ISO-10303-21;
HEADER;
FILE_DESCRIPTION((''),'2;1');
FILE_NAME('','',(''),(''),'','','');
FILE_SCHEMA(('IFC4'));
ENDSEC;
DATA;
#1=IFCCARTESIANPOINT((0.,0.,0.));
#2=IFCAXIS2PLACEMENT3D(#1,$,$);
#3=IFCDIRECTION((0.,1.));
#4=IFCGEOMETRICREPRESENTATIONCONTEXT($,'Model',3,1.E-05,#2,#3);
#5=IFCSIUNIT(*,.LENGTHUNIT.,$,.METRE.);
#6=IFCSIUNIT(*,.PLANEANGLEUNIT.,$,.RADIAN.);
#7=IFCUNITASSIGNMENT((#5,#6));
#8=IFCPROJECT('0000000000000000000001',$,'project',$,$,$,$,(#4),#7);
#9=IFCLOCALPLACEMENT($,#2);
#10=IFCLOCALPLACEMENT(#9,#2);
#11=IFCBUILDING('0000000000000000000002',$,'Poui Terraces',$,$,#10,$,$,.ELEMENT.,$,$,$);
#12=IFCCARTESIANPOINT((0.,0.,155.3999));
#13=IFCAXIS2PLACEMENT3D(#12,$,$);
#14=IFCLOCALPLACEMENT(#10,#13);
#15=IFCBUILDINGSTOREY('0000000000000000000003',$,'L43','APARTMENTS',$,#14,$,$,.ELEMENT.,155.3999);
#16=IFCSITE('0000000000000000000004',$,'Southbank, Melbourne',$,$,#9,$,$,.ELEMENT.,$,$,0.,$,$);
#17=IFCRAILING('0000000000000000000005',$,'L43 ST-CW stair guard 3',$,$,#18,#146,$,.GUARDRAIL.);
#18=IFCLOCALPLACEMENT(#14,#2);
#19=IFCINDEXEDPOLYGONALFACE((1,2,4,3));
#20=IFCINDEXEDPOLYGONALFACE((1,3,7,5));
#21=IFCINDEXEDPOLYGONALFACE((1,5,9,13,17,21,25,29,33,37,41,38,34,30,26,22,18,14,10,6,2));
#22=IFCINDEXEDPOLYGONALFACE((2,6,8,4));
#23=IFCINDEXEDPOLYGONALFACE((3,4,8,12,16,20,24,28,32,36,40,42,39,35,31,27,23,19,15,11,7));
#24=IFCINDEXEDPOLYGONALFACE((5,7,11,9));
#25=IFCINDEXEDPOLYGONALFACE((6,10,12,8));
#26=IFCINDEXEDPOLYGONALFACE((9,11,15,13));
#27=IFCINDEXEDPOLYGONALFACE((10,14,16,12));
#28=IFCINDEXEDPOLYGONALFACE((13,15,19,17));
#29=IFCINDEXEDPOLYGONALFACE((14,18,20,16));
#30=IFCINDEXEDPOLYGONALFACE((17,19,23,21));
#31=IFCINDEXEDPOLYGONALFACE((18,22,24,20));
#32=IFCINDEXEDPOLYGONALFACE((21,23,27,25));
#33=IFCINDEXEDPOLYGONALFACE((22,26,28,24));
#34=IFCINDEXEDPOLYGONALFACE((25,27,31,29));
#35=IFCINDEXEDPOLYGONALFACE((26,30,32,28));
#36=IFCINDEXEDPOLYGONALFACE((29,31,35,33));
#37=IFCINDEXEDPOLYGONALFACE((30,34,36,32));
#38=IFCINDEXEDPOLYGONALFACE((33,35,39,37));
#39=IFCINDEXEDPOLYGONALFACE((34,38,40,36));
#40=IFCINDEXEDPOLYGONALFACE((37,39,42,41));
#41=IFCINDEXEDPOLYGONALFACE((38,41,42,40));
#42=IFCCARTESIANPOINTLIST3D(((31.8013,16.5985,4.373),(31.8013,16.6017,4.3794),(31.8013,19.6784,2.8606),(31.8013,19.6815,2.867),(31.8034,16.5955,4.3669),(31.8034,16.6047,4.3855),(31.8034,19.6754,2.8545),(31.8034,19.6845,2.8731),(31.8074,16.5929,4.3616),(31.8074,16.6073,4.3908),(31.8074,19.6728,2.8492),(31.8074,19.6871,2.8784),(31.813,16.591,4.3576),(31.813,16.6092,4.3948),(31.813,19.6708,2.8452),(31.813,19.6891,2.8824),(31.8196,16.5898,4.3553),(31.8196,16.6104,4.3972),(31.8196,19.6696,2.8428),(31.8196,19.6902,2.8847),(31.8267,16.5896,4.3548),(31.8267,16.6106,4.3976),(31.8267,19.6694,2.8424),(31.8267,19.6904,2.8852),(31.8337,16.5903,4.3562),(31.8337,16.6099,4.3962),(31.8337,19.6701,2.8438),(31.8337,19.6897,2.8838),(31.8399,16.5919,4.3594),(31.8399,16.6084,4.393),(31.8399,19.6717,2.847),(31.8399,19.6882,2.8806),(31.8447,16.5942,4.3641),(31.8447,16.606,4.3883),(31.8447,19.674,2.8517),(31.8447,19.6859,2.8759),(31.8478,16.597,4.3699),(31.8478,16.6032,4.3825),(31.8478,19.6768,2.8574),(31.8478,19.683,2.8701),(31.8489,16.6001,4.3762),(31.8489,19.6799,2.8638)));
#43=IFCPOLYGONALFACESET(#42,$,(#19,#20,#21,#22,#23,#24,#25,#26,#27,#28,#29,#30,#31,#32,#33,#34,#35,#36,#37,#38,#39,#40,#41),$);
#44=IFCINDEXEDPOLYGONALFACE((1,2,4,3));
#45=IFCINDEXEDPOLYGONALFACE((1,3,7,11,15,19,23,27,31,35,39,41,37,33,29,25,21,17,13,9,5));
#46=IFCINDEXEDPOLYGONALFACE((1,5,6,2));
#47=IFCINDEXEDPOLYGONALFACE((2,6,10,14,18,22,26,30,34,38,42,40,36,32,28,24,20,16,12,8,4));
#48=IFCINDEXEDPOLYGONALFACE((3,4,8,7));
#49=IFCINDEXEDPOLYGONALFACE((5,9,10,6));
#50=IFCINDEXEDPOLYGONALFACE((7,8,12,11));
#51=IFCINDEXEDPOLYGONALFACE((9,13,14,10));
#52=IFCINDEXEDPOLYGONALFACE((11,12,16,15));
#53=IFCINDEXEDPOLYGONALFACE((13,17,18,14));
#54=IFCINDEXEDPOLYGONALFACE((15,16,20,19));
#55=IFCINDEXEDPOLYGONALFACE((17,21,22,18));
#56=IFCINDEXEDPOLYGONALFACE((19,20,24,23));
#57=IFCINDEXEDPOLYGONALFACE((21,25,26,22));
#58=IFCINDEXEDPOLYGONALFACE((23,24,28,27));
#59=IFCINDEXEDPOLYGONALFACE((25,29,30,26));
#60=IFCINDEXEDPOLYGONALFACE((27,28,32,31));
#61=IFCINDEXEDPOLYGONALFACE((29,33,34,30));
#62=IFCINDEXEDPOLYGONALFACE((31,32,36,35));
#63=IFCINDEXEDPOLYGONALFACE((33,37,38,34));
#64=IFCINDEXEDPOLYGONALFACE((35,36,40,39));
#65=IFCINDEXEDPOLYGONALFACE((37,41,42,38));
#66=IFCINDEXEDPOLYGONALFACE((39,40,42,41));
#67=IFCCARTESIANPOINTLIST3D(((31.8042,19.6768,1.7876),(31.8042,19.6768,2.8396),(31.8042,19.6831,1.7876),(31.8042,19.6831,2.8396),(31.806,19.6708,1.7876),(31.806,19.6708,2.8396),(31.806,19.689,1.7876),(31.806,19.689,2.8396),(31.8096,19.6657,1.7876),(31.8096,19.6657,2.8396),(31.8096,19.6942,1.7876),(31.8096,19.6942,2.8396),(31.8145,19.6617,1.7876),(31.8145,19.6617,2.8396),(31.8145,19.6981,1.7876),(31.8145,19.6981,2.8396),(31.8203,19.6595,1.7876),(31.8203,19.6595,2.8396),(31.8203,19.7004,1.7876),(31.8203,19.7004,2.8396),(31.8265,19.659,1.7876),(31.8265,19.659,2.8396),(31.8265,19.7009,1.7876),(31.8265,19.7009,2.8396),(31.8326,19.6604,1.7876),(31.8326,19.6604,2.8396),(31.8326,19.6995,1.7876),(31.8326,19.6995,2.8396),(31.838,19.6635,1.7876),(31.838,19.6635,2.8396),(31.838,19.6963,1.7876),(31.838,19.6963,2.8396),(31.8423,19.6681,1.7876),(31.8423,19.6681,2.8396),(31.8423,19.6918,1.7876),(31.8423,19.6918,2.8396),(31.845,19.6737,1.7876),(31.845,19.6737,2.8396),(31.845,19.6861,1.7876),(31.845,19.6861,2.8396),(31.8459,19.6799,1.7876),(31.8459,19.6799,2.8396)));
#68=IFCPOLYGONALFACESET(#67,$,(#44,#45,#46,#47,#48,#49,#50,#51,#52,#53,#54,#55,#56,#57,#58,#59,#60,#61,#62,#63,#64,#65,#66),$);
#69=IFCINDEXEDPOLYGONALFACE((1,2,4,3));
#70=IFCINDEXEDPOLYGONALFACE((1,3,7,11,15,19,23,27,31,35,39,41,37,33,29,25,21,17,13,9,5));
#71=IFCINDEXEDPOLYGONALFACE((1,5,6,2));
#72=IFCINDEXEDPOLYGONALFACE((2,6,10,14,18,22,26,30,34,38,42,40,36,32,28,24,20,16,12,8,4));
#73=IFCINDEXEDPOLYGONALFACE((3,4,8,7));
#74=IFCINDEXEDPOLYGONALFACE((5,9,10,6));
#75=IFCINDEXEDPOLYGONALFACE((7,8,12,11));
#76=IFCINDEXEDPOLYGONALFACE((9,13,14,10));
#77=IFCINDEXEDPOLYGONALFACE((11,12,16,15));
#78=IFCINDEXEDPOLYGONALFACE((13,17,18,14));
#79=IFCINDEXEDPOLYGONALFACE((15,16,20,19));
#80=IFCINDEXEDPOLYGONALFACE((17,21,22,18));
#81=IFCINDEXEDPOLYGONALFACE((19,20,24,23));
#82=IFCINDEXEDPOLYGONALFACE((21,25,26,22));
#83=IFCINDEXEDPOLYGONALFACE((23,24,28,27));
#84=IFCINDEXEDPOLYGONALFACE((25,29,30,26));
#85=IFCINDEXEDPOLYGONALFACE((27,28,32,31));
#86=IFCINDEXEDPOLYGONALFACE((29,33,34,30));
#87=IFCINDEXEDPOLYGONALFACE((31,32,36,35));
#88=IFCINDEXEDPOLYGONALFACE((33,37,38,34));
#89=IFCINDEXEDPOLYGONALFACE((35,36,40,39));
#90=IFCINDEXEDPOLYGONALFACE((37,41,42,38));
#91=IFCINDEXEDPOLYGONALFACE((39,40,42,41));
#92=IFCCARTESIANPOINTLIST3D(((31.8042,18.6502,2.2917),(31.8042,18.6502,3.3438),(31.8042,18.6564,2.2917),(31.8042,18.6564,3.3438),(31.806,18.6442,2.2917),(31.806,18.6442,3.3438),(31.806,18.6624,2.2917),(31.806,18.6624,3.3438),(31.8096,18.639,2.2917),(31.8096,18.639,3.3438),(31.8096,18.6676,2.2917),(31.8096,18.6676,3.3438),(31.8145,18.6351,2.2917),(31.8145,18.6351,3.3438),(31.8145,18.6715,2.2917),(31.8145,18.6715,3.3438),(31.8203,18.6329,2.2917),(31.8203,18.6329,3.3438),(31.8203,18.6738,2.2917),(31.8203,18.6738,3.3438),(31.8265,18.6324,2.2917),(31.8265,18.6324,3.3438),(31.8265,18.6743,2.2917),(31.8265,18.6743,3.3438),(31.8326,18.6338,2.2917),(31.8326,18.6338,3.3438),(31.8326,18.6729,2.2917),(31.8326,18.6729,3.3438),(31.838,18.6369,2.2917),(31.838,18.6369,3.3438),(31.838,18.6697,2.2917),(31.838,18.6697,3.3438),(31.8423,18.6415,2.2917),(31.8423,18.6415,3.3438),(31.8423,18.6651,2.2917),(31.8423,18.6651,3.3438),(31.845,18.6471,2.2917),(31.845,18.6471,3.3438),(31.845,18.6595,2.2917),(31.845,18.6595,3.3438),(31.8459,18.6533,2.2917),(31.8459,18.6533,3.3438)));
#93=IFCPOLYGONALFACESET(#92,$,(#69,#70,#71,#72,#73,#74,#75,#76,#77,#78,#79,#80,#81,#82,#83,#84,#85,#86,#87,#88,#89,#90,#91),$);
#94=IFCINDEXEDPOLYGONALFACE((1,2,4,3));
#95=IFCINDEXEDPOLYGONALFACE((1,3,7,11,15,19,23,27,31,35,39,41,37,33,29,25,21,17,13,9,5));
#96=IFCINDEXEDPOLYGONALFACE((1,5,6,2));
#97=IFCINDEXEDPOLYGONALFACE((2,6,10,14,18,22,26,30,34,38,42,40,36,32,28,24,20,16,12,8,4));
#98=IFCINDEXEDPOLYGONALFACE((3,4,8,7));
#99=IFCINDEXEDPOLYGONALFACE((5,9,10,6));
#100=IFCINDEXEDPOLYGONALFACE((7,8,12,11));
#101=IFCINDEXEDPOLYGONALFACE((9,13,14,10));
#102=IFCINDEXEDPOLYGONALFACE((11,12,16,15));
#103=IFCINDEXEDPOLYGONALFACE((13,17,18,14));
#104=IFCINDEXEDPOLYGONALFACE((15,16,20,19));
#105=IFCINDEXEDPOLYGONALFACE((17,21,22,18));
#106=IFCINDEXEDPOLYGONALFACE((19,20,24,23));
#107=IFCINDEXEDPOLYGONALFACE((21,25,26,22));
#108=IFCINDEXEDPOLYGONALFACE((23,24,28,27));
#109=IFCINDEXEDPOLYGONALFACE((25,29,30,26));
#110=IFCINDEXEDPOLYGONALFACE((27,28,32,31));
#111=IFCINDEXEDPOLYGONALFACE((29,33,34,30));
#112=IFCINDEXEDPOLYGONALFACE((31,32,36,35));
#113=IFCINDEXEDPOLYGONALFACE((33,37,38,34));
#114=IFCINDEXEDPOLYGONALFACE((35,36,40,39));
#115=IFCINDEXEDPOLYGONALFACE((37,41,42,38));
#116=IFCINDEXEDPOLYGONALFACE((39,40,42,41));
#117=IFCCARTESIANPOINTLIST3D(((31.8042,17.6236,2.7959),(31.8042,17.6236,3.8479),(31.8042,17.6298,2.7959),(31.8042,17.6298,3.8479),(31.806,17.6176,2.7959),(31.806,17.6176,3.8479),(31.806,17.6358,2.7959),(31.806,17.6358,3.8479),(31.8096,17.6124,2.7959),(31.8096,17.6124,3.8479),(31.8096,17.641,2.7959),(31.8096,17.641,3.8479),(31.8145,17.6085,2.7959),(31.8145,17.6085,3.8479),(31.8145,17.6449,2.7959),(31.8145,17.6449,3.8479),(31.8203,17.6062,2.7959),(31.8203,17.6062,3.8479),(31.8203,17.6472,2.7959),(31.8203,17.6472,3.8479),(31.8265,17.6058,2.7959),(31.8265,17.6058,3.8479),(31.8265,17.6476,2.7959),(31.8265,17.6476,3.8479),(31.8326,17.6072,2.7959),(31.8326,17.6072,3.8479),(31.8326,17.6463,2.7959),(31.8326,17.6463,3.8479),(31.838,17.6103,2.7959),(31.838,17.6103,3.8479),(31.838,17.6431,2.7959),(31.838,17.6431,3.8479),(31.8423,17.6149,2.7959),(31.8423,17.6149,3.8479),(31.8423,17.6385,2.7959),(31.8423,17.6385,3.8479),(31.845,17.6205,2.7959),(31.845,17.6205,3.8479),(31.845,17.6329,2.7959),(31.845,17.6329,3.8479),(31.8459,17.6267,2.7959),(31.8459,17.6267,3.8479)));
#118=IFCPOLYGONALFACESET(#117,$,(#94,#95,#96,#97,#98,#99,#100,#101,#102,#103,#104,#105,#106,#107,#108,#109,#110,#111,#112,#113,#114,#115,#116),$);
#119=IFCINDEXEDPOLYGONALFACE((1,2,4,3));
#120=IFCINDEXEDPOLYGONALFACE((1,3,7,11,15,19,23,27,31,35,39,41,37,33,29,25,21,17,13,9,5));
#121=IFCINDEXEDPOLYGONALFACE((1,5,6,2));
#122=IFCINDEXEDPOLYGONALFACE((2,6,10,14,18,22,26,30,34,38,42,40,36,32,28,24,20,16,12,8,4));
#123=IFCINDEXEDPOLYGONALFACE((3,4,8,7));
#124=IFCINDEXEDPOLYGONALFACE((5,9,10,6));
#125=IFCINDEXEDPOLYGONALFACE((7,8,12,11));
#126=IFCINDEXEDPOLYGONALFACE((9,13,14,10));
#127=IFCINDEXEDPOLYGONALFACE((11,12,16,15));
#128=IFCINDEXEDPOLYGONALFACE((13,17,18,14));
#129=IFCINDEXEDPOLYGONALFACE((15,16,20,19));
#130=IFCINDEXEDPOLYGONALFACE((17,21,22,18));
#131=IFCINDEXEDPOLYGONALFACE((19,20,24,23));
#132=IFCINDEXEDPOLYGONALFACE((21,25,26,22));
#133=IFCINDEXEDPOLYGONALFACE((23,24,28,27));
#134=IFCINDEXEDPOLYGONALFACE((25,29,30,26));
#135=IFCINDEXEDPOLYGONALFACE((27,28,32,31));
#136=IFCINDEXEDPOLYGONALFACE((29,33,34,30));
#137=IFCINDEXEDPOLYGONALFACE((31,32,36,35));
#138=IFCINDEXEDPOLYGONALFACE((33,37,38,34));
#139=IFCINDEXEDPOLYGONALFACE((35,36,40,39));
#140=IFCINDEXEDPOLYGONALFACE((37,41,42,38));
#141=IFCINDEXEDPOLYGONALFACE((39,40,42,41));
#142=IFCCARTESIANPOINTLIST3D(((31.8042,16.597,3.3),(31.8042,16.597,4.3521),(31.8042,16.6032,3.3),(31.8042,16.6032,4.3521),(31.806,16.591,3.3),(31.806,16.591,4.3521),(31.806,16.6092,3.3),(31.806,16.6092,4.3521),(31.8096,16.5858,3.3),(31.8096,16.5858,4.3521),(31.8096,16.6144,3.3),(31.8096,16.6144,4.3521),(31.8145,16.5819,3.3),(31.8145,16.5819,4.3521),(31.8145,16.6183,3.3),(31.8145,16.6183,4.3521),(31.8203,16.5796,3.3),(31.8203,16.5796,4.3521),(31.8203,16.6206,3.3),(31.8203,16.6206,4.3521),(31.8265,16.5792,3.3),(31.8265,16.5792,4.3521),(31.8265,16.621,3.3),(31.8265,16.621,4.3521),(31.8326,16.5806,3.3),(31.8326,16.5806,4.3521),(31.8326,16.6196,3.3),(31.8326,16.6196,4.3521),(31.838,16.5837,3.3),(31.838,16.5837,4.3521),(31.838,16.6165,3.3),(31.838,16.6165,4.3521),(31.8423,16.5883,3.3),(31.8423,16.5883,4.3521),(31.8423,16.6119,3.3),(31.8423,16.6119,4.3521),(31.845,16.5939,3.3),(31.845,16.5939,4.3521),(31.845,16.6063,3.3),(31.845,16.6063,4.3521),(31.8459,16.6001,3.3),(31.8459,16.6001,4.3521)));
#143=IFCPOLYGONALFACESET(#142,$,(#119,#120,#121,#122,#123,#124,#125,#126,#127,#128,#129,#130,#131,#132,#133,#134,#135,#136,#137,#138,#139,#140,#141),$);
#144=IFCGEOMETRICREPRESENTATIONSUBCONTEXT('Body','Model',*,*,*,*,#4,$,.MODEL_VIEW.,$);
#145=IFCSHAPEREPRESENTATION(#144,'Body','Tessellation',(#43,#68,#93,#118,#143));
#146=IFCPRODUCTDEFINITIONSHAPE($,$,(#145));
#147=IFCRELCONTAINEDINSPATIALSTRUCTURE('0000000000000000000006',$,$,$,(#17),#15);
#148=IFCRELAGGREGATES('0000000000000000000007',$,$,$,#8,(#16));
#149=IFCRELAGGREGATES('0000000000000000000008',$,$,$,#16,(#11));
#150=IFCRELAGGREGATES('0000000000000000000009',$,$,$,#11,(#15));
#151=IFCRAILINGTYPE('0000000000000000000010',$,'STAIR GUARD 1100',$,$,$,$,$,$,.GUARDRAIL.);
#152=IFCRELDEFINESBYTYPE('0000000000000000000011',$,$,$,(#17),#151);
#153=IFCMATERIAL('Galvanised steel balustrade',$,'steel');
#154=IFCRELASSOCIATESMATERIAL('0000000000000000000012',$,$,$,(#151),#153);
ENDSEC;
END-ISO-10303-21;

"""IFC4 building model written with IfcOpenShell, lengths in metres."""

from ifc_helpers import new_model, si_unit, direction, frame, origin, origin_2d, place, context, subcontext, project, spatial, circle, extrude, material, type_object, element, save


model = new_model("IFC4")

# Units and contexts
model_context = context("Model", 3, precision=1e-05, world=origin(), true_north=direction((0.0, 1.0)))
body_context = subcontext(model_context, "Body", "Model", "MODEL_VIEW")
ifc_project = project(units=[si_unit("LENGTHUNIT", "METRE"), si_unit("PLANEANGLEUNIT", "RADIAN")], contexts=[model_context])

# Site, building, storey
site_placement = place(None, origin())
site = spatial("IfcSite", under=ifc_project, at=site_placement, Name="Southbank, Melbourne", CompositionType="ELEMENT", RefElevation=0.0)
building_placement = place(site_placement, origin())
building = spatial("IfcBuilding", under=site, at=building_placement, Name="Poui Terraces", CompositionType="ELEMENT")
storey_placement = place(building_placement, frame((0.0, 0.0, 155.3999)))
storey = spatial("IfcBuildingStorey", under=building, at=storey_placement, Name="L43", Description="APARTMENTS", CompositionType="ELEMENT", Elevation=155.3999)

# Railing
ifc_material_1 = material(Name="Galvanised steel balustrade", Category="steel")
railing_type_1 = type_object("IfcRailingType", Name="STAIR GUARD 1100", PredefinedType="GUARDRAIL", material=ifc_material_1)
railing_1_placement = place(storey_placement, frame((31.825, 19.6799, 1.7876)))
element("IfcRailing", 1, at=railing_1_placement, inside=storey, type_object=railing_type_1, Name="L43 ST-CW stair guard 3", PredefinedType="GUARDRAIL", context=body_context, shape_type="SweptSolid", body=[
    extrude(circle(Radius=0.0239, at=origin_2d()), frame((0.0, 0.0, 1.0762), z_axis=(0.0, -0.897606, 0.440798), x_axis=(1.0, 0.0, 0.0)), (0.0, 0.0, 1.0), 3.4312),
    extrude(circle(Radius=0.021, at=origin_2d()), origin(), (0.0, 0.0, 1.0), 1.052),
    extrude(circle(Radius=0.021, at=origin_2d()), frame((0.0, -1.0266, 0.5042)), (0.0, 0.0, 1.0), 1.052),
    extrude(circle(Radius=0.021, at=origin_2d()), frame((0.0, -2.0532, 1.0083)), (0.0, 0.0, 1.0), 1.052),
    extrude(circle(Radius=0.021, at=origin_2d()), frame((0.0, -3.0798, 1.5125)), (0.0, 0.0, 1.0), 1.052),
])

save(model, "model.ifc")
